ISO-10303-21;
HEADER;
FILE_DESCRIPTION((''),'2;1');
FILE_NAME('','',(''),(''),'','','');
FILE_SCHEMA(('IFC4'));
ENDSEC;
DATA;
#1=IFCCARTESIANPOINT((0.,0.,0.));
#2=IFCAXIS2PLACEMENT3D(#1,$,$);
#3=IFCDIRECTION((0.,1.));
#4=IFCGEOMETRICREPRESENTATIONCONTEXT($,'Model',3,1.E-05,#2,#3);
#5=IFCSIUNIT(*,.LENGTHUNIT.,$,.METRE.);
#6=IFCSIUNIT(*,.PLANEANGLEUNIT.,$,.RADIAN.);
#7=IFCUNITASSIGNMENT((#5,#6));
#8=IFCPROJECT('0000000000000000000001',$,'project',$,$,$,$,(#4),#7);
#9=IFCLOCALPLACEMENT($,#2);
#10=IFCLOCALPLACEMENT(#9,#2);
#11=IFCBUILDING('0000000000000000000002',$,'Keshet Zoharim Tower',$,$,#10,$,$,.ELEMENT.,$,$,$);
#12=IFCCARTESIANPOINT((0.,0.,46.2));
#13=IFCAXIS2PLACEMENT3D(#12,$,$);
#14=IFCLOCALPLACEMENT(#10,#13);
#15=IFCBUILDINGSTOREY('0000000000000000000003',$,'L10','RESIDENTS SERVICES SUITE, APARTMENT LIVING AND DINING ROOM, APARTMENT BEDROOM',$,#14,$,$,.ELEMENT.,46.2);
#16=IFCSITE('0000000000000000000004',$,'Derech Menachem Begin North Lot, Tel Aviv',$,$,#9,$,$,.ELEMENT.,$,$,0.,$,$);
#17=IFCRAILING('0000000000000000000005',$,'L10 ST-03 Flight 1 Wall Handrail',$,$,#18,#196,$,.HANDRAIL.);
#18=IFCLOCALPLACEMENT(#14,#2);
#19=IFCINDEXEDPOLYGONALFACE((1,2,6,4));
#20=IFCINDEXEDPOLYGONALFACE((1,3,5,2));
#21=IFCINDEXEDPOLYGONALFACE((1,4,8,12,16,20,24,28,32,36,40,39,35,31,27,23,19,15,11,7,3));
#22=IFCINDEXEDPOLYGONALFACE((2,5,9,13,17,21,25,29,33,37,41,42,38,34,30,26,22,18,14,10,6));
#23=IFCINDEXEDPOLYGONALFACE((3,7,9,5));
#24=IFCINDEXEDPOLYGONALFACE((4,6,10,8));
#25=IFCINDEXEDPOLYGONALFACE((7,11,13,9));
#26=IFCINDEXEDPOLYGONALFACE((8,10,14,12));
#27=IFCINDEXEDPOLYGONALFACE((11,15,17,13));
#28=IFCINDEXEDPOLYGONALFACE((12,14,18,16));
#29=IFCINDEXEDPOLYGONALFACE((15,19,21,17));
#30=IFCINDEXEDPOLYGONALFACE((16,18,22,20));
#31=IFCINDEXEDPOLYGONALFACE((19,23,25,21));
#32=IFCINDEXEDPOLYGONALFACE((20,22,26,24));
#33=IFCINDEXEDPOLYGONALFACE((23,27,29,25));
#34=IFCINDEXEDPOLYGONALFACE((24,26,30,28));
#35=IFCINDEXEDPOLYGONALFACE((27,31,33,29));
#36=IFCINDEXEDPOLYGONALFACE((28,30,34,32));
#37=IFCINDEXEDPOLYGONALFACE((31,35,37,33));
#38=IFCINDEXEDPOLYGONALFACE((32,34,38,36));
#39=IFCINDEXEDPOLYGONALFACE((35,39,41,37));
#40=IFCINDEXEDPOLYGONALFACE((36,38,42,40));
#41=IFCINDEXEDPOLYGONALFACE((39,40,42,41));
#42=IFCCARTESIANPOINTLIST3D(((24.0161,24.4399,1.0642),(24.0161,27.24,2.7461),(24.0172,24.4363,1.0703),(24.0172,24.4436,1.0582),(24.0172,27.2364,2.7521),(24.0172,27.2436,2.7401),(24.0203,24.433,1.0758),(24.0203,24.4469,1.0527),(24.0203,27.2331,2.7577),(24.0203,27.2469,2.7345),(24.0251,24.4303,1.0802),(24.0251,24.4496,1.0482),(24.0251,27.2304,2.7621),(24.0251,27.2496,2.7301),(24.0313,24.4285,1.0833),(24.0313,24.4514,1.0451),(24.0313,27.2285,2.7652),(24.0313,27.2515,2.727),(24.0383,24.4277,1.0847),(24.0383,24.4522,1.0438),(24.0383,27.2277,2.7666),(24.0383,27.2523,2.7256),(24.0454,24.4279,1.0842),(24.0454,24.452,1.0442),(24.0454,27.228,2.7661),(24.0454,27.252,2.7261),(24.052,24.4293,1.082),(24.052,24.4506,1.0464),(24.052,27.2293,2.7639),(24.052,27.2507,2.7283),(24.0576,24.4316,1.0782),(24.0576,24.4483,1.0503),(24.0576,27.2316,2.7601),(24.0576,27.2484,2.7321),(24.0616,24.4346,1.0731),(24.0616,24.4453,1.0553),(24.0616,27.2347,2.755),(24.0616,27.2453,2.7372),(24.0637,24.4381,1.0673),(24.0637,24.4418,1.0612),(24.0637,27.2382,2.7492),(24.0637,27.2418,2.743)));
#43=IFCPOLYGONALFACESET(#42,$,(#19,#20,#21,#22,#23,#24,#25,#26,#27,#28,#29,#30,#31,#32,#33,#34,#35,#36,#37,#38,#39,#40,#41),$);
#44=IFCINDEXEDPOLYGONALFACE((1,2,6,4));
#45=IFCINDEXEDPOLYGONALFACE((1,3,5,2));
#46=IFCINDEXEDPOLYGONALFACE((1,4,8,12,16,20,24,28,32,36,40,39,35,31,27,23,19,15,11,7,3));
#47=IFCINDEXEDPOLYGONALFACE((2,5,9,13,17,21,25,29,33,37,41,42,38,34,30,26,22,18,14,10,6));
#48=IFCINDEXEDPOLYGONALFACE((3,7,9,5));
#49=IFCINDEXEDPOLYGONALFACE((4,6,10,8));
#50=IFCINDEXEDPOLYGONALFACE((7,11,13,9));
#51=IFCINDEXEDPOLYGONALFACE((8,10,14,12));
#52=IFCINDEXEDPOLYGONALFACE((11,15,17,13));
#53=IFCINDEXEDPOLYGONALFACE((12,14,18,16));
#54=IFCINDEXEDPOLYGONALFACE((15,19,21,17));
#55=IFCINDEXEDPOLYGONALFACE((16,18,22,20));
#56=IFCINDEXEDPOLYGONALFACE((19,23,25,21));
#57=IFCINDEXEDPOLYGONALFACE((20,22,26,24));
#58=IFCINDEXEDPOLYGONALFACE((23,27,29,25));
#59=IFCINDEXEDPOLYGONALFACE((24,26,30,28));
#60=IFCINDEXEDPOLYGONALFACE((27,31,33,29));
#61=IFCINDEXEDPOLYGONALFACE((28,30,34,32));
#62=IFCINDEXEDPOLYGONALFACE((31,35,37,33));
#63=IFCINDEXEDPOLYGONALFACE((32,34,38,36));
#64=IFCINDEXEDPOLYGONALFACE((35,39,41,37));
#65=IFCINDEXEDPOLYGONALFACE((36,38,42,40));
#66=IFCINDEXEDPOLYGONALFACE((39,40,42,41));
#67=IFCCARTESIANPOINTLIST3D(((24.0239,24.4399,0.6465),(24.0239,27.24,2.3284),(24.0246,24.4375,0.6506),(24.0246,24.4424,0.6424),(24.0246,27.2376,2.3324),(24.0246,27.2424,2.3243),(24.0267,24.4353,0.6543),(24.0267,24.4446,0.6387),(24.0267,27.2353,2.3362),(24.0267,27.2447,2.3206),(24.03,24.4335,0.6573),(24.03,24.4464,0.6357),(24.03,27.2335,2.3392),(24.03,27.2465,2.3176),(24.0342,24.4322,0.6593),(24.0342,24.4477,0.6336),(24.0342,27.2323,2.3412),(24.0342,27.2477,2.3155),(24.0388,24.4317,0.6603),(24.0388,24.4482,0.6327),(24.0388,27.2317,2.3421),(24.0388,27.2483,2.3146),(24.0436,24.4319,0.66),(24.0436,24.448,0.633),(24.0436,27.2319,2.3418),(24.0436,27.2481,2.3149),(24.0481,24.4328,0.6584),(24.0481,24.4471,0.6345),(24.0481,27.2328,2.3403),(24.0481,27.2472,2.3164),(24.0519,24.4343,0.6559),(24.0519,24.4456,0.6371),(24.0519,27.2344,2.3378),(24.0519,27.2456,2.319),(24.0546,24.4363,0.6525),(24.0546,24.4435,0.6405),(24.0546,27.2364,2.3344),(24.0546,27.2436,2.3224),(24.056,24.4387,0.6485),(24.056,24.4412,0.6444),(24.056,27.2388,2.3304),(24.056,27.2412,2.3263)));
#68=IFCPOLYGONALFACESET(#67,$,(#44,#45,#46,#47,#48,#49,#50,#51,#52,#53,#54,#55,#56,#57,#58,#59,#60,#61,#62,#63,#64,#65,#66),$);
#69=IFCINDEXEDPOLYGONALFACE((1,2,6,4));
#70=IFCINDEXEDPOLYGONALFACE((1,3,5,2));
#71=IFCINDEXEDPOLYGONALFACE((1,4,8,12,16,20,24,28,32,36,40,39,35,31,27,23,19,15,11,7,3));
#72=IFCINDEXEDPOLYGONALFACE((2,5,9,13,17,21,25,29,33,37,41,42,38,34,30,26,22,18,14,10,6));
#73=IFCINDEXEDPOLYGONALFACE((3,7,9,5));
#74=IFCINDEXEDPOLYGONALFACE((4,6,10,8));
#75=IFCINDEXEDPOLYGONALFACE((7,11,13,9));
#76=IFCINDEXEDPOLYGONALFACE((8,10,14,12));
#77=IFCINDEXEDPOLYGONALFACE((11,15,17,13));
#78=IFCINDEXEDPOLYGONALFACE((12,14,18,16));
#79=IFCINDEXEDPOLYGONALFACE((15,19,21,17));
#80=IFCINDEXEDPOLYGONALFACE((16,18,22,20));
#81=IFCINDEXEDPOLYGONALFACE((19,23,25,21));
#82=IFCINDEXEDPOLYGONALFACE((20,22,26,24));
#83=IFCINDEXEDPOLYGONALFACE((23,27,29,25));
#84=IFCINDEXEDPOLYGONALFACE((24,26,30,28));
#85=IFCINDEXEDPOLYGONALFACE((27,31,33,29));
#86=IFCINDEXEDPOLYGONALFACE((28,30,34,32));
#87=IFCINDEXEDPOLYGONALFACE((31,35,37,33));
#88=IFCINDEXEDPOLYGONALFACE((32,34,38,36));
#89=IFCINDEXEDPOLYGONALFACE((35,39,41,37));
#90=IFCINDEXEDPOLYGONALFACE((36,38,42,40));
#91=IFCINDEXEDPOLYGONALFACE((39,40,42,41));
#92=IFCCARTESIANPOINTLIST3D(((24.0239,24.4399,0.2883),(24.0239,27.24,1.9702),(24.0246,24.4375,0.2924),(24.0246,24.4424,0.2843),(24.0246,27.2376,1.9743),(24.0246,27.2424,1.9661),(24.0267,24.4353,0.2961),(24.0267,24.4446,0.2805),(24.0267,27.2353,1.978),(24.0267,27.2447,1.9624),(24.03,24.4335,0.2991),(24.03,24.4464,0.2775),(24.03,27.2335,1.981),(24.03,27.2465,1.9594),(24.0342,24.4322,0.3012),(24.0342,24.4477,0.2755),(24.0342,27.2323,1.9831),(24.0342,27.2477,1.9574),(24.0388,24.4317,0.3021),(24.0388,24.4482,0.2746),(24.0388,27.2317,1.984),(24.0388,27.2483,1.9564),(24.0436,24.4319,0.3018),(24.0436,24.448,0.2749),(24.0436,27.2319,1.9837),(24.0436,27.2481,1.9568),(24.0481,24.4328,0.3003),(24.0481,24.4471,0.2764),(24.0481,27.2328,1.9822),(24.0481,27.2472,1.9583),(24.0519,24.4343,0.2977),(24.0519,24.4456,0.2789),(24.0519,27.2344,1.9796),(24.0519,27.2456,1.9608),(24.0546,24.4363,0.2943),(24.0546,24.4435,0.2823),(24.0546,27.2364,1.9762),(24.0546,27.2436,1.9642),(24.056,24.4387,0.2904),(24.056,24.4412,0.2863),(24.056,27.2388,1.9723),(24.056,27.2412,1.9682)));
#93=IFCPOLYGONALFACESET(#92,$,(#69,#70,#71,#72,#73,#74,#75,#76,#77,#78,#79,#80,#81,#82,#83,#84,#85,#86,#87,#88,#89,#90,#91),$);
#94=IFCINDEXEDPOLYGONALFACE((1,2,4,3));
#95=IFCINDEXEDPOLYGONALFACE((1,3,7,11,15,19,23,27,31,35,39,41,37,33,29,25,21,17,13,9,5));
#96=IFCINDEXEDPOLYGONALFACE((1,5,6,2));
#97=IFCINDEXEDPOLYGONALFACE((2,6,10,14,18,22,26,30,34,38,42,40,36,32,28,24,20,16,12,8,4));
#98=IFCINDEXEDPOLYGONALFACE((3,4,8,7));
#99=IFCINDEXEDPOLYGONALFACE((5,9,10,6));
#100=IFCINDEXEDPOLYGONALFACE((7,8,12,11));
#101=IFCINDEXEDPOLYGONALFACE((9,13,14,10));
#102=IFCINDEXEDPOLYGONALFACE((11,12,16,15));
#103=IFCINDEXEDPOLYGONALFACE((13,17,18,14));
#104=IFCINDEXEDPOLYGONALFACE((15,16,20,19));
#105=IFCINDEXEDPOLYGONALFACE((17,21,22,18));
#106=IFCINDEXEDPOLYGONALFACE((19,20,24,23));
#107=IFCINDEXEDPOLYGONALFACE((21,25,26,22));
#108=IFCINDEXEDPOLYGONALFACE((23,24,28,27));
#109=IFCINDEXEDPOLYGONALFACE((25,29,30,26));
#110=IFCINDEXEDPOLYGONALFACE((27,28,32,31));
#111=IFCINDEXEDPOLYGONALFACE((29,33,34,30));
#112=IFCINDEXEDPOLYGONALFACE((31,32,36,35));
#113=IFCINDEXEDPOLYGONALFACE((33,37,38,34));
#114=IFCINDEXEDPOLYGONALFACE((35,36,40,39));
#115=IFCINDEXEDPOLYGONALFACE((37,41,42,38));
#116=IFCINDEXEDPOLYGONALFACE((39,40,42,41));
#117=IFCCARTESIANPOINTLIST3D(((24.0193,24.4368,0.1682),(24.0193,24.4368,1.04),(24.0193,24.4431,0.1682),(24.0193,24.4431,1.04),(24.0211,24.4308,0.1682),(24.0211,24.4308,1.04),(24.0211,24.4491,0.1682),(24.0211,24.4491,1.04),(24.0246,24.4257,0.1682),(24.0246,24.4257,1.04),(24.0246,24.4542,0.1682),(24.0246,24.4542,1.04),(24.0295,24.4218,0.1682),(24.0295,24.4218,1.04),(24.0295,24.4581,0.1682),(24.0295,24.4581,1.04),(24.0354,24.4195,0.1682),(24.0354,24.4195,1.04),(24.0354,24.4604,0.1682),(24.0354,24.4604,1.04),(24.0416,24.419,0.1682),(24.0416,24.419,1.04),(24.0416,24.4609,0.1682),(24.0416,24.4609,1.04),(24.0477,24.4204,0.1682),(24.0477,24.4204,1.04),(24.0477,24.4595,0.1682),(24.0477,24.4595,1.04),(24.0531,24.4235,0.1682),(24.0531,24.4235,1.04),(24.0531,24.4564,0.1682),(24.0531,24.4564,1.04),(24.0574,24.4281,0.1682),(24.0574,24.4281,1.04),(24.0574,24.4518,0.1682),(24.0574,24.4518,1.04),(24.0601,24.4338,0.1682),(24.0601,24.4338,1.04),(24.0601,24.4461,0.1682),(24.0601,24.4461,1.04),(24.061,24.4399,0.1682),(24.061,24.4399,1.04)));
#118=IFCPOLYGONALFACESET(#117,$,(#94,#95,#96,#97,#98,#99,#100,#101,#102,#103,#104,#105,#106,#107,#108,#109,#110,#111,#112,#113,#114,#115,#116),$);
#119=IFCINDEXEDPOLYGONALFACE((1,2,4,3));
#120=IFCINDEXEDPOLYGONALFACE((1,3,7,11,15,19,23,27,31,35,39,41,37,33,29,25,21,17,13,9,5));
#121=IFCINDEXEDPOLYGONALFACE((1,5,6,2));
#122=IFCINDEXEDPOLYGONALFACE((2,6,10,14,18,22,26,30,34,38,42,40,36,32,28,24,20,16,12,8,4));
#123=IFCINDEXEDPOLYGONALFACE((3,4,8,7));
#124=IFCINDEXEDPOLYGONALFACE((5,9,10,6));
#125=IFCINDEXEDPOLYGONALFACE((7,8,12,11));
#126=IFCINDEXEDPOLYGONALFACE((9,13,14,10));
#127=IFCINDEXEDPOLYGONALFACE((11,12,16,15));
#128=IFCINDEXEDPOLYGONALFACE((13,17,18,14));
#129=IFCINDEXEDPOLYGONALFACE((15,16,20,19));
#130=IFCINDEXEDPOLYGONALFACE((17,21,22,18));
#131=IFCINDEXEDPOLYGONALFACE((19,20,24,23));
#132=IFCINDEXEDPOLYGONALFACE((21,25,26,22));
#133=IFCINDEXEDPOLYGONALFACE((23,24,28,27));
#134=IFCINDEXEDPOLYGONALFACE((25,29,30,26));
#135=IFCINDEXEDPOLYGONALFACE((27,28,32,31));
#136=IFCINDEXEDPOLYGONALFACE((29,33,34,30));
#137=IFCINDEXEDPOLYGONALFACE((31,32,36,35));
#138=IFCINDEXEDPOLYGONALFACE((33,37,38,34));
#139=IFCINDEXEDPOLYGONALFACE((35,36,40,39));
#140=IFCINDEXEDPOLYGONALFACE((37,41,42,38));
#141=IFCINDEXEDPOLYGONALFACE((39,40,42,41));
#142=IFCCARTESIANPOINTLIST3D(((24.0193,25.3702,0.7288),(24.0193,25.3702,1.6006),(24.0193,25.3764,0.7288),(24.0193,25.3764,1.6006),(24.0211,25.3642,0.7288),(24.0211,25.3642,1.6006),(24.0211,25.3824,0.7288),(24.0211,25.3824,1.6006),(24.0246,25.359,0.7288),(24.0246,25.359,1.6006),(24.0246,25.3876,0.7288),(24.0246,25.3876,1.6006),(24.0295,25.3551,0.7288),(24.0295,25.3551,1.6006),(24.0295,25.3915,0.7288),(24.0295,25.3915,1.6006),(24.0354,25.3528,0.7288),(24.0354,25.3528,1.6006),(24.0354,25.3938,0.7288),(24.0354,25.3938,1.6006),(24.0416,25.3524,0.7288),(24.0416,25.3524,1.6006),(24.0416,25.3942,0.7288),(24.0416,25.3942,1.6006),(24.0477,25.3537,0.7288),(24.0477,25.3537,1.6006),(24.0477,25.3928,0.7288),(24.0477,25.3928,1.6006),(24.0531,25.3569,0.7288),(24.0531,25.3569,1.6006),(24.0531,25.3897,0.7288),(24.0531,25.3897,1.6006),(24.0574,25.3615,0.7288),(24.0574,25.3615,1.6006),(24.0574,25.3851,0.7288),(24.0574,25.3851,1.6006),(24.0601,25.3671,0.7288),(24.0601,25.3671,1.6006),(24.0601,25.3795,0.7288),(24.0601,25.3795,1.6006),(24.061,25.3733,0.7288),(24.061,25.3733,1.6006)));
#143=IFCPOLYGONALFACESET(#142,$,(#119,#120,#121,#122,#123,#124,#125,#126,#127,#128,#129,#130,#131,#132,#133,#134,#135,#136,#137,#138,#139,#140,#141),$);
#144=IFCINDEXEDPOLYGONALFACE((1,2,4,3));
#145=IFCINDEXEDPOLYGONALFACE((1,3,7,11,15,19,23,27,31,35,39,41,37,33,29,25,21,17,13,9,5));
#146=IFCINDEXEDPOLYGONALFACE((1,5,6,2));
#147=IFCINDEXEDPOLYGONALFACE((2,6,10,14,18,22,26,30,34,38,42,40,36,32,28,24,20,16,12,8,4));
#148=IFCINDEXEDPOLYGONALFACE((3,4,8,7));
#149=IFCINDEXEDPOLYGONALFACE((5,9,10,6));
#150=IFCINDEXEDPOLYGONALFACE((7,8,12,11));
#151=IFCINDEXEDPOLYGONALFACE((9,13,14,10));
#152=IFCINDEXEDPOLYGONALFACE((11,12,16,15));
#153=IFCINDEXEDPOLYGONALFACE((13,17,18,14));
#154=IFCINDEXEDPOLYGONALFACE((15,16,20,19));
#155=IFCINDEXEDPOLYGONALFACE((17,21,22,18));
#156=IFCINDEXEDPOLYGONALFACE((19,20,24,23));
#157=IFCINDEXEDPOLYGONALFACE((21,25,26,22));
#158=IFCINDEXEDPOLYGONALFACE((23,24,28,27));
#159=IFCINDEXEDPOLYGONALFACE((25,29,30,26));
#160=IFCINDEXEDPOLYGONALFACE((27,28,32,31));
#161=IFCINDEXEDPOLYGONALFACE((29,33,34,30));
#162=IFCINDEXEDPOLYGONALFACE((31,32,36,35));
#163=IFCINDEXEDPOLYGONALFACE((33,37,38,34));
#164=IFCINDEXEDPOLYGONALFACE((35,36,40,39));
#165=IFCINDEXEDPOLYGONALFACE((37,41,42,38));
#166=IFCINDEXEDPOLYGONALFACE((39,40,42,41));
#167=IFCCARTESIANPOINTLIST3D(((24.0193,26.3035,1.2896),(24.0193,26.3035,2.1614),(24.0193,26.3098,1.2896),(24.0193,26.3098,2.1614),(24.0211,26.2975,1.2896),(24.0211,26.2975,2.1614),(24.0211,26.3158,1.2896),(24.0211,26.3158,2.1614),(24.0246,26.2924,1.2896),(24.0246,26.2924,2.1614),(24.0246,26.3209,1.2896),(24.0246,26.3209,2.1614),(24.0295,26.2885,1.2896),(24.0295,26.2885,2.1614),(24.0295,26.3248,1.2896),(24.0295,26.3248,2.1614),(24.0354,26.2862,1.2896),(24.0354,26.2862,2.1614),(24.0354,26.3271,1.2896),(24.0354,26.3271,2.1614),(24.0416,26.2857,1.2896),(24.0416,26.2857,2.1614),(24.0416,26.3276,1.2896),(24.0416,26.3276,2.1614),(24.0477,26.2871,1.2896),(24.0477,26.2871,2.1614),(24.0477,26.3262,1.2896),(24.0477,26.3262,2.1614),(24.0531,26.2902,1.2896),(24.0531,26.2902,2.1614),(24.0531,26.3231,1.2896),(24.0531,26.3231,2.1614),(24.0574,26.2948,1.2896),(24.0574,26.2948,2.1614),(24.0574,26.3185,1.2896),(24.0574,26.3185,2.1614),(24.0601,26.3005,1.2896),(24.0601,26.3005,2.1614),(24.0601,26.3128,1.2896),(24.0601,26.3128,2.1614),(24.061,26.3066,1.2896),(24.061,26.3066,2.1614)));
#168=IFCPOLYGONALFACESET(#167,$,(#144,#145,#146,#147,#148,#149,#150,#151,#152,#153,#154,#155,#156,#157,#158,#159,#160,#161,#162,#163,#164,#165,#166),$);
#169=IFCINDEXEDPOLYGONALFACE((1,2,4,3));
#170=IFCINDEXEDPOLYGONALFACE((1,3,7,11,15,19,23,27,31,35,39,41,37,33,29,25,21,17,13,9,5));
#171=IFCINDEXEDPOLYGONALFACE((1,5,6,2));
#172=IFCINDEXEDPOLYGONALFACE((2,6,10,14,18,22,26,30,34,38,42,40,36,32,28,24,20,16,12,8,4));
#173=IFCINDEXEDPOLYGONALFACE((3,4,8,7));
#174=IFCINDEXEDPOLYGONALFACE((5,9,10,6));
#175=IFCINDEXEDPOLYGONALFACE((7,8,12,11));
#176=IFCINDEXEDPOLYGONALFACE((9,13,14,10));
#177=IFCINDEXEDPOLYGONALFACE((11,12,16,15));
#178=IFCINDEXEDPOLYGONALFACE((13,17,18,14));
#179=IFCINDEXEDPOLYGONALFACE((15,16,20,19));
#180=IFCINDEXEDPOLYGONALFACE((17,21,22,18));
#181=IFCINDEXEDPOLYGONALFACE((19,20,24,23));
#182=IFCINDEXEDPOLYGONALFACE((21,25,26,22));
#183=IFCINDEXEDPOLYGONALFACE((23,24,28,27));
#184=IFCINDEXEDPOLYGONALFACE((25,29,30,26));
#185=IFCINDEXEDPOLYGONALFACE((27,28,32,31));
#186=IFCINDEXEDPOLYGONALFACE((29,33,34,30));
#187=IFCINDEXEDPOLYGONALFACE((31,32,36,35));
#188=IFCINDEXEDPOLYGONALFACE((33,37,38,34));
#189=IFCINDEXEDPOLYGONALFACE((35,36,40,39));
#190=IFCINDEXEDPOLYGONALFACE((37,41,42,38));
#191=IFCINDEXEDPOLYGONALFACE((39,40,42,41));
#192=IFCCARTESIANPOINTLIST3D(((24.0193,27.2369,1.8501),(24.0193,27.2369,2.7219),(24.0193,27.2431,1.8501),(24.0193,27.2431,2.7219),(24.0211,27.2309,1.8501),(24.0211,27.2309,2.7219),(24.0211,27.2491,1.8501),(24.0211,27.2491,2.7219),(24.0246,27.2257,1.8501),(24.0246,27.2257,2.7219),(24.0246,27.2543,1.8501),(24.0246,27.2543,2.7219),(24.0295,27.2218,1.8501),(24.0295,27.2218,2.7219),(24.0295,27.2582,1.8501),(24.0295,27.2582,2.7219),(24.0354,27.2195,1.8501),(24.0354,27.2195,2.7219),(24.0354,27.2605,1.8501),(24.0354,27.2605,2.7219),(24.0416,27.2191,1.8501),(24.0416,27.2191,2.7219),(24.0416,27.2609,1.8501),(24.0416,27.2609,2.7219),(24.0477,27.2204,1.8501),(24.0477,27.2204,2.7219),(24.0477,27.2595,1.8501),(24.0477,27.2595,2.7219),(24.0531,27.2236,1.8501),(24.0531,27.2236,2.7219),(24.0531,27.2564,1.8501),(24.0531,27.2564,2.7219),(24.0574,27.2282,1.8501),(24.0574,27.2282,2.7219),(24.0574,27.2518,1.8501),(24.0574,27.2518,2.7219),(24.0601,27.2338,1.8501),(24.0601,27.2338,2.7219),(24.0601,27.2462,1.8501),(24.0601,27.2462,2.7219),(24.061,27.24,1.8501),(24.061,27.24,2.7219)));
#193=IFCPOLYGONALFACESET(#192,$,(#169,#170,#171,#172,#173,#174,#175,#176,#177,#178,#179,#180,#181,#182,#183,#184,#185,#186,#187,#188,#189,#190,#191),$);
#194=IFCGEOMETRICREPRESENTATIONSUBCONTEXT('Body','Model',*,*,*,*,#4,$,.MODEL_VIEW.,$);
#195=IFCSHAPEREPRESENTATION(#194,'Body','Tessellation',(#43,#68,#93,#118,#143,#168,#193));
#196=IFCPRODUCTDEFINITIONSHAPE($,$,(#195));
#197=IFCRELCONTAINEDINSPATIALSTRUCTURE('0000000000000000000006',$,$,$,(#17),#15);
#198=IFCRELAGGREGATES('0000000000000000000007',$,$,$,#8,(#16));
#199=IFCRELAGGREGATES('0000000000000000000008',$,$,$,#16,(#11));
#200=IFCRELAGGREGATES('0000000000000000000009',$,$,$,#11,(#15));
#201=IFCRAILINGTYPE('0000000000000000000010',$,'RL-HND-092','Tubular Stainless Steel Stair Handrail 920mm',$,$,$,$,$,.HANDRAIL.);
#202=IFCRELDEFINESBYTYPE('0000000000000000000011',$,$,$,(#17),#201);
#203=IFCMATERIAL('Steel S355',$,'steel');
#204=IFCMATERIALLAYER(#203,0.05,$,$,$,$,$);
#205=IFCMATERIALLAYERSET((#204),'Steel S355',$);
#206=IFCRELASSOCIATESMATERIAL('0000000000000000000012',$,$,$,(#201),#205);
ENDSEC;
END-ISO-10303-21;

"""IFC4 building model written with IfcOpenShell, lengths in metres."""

from ifc_helpers import new_model, si_unit, direction, frame, origin, origin_2d, place, context, subcontext, project, spatial, circle, extrude, material, layer, layer_set, type_object, element, save


model = new_model("IFC4")

# Units and contexts
model_context = context("Model", 3, precision=1e-05, world=origin(), true_north=direction((0.0, 1.0)))
body_context = subcontext(model_context, "Body", "Model", "MODEL_VIEW")
ifc_project = project(units=[si_unit("LENGTHUNIT", "METRE"), si_unit("PLANEANGLEUNIT", "RADIAN")], contexts=[model_context])

# Site, building, storey
site_placement = place(None, origin())
site = spatial("IfcSite", under=ifc_project, at=site_placement, Name="Derech Menachem Begin North Lot, Tel Aviv", CompositionType="ELEMENT", RefElevation=0.0)
building_placement = place(site_placement, origin())
building = spatial("IfcBuilding", under=site, at=building_placement, Name="Keshet Zoharim Tower", CompositionType="ELEMENT")
storey_placement = place(building_placement, frame((0.0, 0.0, 46.2)))
storey = spatial("IfcBuildingStorey", under=building, at=storey_placement, Name="L10", Description="RESIDENTS SERVICES SUITE, APARTMENT LIVING AND DINING ROOM, APARTMENT BEDROOM", CompositionType="ELEMENT", Elevation=46.2)

# Shared definitions
ifc_material_1 = material(Name="Steel S355", Category="steel")

# Railing
ifc_layer_1 = layer(ifc_material_1, 0.05)
ifc_layer_set_1 = layer_set([ifc_layer_1], Name="Steel S355")
railing_type_1 = type_object("IfcRailingType", Name="RL-HND-092", Description="Tubular Stainless Steel Stair Handrail 920mm", PredefinedType="HANDRAIL", material=ifc_layer_set_1)
railing_1_placement = place(storey_placement, frame((24.04, 24.4399, 0.1682)))
element("IfcRailing", 1, at=railing_1_placement, inside=storey, type_object=railing_type_1, Name="L10 ST-03 Flight 1 Wall Handrail", PredefinedType="HANDRAIL", context=body_context, shape_type="SweptSolid", body=[
    extrude(circle(Radius=0.0239, at=origin_2d()), frame((0.0, 0.0, 0.896), z_axis=(0.0, 0.857242, 0.514913), x_axis=(-1.0, 0.0, 0.0)), (0.0, 0.0, 1.0), 3.2664),
    extrude(circle(Radius=0.0161, at=origin_2d()), frame((0.0, 0.0, 0.4783), z_axis=(0.0, 0.857242, 0.514913), x_axis=(-1.0, 0.0, 0.0)), (0.0, 0.0, 1.0), 3.2664),
    extrude(circle(Radius=0.0161, at=origin_2d()), frame((0.0, 0.0, 0.1201), z_axis=(0.0, 0.857242, 0.514913), x_axis=(-1.0, 0.0, 0.0)), (0.0, 0.0, 1.0), 3.2664),
    extrude(circle(Radius=0.021, at=origin_2d()), origin(), (0.0, 0.0, 1.0), 0.8718),
    extrude(circle(Radius=0.021, at=origin_2d()), frame((0.0, 0.9333, 0.5605)), (0.0, 0.0, 1.0), 0.8718),
    extrude(circle(Radius=0.021, at=origin_2d()), frame((0.0, 1.8667, 1.1213)), (0.0, 0.0, 1.0), 0.8718),
    extrude(circle(Radius=0.021, at=origin_2d()), frame((0.0, 2.8, 1.6819)), (0.0, 0.0, 1.0), 0.8718),
])

save(model, "model.ifc")
